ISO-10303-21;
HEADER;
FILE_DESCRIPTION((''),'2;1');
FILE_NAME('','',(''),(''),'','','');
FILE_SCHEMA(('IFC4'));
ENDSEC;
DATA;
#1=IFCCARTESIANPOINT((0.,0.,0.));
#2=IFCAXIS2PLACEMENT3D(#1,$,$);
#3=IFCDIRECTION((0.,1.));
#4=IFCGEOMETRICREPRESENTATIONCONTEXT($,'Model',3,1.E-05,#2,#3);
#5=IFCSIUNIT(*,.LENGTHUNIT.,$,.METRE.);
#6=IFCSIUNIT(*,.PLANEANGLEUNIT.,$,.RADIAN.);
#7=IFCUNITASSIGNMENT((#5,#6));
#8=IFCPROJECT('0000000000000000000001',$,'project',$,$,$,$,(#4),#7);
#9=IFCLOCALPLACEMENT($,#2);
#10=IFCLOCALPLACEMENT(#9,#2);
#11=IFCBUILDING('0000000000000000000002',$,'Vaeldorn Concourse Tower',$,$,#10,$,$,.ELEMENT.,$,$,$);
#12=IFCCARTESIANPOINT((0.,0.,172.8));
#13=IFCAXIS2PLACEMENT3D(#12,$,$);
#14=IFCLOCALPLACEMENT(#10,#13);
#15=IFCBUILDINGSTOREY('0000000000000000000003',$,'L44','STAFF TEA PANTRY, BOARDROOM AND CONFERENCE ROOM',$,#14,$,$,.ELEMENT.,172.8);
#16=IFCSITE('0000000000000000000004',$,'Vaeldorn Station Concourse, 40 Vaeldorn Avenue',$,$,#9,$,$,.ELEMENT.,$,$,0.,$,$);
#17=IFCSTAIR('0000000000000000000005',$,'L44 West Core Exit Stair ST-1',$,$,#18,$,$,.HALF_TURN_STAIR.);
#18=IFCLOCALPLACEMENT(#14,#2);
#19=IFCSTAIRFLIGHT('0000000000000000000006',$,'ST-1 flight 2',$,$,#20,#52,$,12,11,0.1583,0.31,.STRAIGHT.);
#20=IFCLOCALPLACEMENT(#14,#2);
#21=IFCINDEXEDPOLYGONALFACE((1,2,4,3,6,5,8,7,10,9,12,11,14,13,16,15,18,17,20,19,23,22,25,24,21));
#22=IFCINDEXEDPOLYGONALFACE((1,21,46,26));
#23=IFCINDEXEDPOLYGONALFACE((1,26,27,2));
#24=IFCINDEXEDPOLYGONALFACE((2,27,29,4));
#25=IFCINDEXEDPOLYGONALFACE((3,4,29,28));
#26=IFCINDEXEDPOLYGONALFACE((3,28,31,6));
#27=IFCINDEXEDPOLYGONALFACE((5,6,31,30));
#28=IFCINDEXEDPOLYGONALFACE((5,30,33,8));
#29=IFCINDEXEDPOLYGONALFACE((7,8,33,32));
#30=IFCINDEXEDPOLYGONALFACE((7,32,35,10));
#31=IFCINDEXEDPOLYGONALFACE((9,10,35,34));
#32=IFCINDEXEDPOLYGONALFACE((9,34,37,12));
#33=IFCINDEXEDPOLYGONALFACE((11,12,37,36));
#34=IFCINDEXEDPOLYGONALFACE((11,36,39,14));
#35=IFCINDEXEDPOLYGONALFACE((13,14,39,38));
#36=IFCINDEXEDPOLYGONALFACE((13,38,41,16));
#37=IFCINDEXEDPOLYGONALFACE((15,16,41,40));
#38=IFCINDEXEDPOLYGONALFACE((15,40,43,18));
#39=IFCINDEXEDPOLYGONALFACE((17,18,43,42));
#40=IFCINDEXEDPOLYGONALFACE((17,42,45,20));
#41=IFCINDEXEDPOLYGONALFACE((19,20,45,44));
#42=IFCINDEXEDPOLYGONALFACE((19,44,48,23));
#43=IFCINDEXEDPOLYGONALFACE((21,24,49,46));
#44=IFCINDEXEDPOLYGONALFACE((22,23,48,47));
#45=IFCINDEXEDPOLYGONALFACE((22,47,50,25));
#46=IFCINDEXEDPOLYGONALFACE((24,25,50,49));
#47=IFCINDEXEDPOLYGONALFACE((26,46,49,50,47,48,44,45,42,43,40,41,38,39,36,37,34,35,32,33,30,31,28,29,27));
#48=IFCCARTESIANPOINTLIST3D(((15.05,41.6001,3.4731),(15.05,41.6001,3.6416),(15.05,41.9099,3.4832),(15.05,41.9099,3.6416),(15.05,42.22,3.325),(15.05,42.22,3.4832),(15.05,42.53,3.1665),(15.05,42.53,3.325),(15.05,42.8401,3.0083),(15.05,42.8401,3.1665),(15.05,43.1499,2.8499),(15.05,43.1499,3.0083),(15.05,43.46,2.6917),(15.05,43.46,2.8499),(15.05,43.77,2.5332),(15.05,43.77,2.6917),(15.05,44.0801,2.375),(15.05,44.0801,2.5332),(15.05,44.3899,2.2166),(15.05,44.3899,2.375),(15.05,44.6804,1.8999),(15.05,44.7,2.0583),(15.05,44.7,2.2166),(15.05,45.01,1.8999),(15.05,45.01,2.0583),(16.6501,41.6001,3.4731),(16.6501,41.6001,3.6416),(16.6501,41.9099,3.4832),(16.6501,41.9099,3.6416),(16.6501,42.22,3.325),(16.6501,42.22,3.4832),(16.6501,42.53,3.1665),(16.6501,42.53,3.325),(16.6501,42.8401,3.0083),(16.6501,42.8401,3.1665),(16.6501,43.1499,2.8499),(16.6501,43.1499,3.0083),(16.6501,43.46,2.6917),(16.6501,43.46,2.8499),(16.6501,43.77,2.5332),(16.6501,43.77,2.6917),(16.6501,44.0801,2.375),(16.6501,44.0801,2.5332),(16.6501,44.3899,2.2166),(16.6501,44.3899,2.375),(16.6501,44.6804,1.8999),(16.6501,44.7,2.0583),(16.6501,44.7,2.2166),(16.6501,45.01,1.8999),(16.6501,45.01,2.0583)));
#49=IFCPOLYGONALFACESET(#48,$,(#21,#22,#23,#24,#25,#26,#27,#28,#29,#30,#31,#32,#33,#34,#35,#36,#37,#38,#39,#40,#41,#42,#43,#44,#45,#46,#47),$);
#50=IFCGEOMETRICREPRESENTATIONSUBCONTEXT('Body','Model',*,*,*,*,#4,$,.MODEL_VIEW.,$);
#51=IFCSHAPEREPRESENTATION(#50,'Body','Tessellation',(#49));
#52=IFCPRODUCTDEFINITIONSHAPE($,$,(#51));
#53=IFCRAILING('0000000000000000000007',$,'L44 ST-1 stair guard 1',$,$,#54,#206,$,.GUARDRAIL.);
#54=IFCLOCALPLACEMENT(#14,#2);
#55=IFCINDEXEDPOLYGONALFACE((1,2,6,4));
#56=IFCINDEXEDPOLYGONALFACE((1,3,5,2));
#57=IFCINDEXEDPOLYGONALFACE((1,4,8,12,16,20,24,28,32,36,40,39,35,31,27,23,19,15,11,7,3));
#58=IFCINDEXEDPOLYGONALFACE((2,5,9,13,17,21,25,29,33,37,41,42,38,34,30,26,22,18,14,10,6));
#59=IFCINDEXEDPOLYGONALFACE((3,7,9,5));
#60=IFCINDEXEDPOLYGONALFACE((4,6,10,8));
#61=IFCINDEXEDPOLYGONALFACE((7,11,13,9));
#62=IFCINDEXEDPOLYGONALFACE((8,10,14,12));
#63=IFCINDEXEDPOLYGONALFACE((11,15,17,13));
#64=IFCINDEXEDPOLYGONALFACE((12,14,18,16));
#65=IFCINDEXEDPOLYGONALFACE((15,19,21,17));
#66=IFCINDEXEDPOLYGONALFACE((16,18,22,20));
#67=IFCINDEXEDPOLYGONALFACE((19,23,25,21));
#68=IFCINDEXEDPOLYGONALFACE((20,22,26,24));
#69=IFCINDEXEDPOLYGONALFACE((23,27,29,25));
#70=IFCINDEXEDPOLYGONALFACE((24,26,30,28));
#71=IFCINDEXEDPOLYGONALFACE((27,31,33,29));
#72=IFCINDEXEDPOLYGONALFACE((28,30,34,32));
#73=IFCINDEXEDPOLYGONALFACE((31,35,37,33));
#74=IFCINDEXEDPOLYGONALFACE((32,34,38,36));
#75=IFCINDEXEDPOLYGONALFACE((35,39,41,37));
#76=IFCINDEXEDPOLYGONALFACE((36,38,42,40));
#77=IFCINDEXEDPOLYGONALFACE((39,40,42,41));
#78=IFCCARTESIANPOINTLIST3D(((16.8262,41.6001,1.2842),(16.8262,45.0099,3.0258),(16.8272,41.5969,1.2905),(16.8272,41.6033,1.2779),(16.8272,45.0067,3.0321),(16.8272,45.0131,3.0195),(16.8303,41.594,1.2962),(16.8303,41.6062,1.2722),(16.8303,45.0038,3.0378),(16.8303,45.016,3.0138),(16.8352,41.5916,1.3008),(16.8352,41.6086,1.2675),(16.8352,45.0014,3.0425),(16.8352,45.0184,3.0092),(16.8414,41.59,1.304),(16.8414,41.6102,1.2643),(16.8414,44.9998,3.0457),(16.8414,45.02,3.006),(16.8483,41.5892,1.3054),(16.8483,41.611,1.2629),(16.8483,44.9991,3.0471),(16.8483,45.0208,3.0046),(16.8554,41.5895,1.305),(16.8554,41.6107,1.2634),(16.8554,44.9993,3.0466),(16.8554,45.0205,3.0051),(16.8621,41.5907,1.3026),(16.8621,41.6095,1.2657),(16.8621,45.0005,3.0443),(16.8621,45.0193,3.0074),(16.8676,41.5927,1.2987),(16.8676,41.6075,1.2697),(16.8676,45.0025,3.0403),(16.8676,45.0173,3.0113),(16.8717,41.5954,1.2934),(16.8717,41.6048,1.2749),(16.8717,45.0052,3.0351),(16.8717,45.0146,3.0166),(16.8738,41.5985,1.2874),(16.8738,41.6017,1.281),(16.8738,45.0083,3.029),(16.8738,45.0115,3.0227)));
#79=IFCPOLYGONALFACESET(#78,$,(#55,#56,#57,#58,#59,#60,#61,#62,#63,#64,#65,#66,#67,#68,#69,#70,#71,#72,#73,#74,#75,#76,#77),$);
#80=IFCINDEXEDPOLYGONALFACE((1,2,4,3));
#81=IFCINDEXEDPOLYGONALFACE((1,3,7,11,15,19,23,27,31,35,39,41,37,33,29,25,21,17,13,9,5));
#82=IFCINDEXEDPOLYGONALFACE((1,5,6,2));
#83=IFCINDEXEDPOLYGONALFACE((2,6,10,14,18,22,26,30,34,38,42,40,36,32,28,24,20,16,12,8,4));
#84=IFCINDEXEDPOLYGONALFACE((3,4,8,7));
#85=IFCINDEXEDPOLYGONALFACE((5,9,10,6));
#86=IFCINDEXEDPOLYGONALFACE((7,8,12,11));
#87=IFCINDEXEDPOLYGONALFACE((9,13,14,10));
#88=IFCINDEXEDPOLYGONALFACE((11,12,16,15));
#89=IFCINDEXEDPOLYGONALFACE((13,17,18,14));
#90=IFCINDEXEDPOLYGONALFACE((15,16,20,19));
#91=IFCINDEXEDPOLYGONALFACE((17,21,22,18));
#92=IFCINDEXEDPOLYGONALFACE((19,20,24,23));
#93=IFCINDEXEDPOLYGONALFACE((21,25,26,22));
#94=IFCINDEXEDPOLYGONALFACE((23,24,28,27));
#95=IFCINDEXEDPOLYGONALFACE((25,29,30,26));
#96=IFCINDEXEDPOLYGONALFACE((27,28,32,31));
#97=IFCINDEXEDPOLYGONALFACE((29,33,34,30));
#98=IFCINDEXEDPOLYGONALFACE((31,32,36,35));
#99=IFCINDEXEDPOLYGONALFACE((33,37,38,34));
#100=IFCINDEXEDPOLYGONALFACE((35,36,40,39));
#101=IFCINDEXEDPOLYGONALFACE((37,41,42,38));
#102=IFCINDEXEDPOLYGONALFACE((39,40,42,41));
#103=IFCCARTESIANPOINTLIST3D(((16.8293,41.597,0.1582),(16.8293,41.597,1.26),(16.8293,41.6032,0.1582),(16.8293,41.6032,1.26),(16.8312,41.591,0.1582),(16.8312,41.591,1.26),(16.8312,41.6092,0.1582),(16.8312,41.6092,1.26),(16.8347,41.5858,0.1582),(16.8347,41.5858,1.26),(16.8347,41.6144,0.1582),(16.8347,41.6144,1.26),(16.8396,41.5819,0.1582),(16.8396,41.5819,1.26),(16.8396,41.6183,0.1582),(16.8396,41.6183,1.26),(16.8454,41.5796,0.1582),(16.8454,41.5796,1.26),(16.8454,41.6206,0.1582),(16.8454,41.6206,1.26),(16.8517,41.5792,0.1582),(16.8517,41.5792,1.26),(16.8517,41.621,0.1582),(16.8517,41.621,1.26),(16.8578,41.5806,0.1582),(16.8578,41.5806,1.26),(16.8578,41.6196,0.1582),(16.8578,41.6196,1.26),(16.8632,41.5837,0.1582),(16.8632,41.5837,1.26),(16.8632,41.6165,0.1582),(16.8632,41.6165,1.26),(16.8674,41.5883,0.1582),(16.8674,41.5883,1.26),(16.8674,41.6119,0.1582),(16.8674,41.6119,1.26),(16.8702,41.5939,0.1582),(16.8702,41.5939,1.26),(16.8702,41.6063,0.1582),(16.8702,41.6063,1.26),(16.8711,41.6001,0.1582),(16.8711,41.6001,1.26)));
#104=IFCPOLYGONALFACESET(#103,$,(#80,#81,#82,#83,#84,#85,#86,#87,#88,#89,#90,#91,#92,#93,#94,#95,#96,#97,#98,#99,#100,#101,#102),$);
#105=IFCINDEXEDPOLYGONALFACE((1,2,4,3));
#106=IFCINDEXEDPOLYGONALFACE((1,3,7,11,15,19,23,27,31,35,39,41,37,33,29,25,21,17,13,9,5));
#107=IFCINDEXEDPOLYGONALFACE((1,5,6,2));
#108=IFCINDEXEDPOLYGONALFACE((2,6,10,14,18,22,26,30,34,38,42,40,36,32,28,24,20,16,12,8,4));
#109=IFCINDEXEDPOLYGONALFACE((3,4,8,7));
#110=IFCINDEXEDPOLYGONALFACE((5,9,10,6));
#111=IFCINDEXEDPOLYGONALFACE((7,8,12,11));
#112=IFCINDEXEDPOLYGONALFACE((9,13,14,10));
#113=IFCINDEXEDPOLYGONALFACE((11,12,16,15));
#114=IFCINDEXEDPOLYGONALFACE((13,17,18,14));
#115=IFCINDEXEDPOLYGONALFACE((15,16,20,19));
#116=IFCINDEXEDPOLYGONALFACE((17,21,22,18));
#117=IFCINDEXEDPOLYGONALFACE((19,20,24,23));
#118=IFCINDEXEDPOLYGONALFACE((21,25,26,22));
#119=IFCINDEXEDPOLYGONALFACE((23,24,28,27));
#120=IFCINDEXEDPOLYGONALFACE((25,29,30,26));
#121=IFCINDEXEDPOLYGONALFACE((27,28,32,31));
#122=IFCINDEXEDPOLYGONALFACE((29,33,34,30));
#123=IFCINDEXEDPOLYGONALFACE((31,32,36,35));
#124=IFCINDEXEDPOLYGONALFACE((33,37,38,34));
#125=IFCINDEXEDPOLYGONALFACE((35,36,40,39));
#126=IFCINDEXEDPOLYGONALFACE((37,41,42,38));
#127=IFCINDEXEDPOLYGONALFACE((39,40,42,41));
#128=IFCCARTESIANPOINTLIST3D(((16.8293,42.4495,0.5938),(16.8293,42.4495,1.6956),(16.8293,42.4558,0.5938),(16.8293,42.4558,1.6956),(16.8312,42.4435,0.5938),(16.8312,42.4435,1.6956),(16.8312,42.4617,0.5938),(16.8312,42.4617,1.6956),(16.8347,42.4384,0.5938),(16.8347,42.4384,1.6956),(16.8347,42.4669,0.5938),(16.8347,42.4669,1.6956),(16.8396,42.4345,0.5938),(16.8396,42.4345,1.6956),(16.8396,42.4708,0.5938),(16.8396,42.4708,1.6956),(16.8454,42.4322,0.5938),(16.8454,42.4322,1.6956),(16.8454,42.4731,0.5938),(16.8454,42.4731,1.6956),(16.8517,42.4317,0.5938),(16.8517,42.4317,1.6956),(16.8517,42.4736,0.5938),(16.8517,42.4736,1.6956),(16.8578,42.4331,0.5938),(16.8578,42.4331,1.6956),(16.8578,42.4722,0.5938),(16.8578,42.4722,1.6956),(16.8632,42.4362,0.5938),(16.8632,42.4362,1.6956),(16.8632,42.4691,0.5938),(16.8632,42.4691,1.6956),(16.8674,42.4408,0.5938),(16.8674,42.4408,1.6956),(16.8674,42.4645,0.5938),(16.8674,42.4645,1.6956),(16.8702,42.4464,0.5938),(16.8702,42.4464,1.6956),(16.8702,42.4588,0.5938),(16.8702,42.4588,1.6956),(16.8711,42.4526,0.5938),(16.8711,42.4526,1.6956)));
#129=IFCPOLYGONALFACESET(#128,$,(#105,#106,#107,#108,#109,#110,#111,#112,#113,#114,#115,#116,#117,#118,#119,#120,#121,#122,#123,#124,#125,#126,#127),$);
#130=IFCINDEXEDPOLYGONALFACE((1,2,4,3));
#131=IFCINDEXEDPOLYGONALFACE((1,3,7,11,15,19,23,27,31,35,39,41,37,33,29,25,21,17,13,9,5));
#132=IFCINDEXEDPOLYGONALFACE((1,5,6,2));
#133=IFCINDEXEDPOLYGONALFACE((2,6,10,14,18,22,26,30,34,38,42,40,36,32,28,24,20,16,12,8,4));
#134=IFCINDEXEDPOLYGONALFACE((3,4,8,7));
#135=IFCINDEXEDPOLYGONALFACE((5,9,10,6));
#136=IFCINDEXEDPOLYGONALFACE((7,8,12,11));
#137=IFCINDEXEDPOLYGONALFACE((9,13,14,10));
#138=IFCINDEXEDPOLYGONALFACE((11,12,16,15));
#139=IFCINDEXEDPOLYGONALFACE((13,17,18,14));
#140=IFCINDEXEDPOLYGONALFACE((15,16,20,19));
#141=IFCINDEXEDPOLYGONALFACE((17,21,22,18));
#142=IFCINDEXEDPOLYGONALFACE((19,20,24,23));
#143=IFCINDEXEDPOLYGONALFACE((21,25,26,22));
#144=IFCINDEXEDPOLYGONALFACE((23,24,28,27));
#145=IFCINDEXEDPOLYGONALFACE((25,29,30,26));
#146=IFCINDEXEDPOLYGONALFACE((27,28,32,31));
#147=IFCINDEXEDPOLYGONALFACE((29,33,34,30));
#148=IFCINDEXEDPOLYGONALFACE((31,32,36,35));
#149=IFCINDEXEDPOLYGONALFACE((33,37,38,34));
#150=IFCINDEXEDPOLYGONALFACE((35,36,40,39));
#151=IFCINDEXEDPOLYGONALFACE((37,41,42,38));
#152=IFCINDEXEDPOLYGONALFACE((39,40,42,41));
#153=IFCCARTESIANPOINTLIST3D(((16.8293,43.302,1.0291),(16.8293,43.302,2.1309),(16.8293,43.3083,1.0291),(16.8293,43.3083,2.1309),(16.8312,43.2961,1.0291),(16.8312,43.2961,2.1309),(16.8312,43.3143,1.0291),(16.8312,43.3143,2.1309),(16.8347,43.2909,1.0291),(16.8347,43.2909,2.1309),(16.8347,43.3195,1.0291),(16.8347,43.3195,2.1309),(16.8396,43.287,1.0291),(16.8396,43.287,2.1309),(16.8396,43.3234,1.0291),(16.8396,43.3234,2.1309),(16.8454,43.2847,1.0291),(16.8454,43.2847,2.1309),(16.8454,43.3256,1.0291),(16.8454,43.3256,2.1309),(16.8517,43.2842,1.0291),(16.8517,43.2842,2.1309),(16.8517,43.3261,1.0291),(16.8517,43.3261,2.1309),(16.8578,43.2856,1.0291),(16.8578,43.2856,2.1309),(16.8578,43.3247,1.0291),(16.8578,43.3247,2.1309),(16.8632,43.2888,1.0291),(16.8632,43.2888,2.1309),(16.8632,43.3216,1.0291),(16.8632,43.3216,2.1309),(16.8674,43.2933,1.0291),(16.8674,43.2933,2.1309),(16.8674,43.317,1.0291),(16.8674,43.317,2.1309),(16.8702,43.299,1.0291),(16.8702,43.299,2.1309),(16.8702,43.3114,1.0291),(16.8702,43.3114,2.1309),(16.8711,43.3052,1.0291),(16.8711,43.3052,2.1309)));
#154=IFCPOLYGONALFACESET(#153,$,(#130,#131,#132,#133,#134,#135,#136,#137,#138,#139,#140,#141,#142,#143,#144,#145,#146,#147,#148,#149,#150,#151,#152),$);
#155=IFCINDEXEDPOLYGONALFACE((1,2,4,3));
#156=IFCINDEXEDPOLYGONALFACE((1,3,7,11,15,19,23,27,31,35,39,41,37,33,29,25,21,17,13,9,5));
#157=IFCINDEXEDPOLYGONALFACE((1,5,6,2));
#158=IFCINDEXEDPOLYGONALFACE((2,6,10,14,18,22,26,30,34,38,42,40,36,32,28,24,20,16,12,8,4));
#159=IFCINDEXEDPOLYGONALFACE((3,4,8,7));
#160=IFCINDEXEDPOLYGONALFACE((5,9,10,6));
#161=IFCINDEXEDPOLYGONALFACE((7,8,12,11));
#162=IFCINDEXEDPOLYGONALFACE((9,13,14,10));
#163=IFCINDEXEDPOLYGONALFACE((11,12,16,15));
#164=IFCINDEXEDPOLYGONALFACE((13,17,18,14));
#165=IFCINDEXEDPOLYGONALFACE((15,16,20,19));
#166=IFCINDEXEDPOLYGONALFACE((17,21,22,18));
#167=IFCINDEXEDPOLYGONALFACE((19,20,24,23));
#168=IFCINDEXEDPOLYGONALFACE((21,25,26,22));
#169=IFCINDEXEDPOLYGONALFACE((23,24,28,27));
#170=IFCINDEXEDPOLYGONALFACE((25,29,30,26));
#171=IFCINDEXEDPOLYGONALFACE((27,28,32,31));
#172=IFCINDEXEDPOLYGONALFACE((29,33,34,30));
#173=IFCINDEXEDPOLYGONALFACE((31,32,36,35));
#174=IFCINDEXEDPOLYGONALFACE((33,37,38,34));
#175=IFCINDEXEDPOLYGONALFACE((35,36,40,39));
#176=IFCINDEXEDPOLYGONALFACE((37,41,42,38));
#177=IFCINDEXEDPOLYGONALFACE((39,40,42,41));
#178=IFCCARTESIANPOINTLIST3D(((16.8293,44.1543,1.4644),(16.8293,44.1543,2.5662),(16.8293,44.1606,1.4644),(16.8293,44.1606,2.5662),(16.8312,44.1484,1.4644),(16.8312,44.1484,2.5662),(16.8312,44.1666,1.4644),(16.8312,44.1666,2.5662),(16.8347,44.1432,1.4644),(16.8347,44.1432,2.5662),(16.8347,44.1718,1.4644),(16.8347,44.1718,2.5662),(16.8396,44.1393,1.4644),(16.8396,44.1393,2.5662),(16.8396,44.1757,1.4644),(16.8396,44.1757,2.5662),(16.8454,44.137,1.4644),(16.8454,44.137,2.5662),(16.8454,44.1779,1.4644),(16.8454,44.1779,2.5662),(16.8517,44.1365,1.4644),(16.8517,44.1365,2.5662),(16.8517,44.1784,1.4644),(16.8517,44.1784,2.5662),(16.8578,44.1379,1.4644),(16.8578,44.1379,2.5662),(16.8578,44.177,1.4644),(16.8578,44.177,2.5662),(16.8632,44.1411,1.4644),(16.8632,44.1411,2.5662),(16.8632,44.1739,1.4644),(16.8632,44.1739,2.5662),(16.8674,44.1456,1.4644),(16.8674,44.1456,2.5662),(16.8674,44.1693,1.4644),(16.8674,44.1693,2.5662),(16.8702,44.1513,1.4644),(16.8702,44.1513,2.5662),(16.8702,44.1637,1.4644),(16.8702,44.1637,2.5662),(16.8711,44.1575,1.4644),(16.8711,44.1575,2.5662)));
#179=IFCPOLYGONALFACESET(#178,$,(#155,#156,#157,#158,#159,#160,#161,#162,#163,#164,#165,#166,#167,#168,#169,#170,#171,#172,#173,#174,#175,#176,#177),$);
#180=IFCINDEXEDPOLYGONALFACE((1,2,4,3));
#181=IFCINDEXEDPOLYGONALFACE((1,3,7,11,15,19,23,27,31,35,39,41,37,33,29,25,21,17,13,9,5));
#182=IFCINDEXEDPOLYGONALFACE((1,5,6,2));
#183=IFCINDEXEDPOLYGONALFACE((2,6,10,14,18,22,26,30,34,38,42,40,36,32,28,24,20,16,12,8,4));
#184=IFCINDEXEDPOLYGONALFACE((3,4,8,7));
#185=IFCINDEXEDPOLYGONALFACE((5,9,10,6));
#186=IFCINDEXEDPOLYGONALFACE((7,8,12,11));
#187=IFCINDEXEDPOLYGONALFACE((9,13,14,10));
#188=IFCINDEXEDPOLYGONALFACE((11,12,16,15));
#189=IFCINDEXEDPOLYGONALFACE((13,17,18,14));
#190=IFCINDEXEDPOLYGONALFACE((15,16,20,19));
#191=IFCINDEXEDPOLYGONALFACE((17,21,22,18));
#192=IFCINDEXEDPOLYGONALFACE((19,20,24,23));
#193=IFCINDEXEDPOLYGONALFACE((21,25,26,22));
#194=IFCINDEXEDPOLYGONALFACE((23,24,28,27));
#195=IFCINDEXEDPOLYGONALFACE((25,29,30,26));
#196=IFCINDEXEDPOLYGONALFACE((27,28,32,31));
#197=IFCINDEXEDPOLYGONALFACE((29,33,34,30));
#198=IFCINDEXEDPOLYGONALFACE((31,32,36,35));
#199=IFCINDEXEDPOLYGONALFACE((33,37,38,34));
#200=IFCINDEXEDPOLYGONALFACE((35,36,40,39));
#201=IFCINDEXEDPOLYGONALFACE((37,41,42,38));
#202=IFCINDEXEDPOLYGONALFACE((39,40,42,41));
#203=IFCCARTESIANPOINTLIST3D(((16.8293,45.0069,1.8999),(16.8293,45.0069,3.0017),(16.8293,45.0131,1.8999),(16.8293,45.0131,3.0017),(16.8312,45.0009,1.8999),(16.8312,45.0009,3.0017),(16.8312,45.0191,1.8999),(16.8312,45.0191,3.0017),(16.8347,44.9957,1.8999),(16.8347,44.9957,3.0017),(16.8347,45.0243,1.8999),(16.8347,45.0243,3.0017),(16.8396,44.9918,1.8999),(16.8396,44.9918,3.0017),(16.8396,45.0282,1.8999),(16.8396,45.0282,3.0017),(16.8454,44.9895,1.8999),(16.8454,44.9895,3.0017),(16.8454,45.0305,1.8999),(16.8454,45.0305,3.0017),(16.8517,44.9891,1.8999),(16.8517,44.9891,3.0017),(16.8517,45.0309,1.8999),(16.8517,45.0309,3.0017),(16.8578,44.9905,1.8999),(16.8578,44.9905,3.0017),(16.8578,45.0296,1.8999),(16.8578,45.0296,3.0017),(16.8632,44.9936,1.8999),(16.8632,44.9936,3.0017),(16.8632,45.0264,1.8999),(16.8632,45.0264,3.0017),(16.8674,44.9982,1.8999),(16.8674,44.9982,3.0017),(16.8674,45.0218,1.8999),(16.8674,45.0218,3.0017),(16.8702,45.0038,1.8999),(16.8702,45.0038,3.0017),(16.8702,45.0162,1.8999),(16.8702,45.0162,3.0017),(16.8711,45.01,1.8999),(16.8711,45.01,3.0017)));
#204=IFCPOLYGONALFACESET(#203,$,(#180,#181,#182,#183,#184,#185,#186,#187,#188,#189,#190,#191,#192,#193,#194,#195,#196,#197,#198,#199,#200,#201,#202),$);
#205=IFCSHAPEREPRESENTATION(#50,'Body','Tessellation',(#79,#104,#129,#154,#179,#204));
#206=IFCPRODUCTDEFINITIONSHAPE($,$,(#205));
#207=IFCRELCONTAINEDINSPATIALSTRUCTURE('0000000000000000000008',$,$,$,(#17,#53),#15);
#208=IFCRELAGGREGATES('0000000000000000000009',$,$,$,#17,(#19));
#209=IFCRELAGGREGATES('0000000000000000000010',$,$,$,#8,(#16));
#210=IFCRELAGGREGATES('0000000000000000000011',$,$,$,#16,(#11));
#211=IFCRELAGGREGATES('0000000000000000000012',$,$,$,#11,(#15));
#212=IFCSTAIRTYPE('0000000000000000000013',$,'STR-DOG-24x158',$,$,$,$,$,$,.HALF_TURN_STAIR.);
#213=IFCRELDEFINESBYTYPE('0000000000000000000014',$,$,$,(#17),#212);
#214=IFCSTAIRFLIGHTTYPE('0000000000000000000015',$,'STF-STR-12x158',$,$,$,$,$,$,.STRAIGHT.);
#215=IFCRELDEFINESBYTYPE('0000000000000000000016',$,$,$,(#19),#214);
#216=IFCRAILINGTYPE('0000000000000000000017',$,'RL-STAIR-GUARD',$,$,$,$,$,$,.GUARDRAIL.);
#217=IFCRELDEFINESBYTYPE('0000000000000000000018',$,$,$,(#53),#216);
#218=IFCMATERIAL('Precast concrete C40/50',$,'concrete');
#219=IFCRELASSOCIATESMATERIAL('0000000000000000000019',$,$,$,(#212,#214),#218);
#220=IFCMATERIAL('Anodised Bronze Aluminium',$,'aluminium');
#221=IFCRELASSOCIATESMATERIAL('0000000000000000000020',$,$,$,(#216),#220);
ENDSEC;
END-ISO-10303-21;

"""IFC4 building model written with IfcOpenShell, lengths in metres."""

from ifc_helpers import new_model, si_unit, direction, frame, origin, origin_2d, place, context, subcontext, project, spatial, polyline, circle, outline, extrude, material, type_object, element, aggregate, save


model = new_model("IFC4")

# Units and contexts
model_context = context("Model", 3, precision=1e-05, world=origin(), true_north=direction((0.0, 1.0)))
body_context = subcontext(model_context, "Body", "Model", "MODEL_VIEW")
ifc_project = project(units=[si_unit("LENGTHUNIT", "METRE"), si_unit("PLANEANGLEUNIT", "RADIAN")], contexts=[model_context])

# Site, building, storey
site_placement = place(None, origin())
site = spatial("IfcSite", under=ifc_project, at=site_placement, Name="Vaeldorn Station Concourse, 40 Vaeldorn Avenue", CompositionType="ELEMENT", RefElevation=0.0)
building_placement = place(site_placement, origin())
building = spatial("IfcBuilding", under=site, at=building_placement, Name="Vaeldorn Concourse Tower", CompositionType="ELEMENT")
storey_placement = place(building_placement, frame((0.0, 0.0, 172.8)))
storey = spatial("IfcBuildingStorey", under=building, at=storey_placement, Name="L44", Description="STAFF TEA PANTRY, BOARDROOM AND CONFERENCE ROOM", CompositionType="ELEMENT", Elevation=172.8)

# Stair, stair flight
ifc_material_1 = material(Name="Precast concrete C40/50", Category="concrete")
stair_type = type_object("IfcStairType", Name="STR-DOG-24x158", PredefinedType="HALF_TURN_STAIR", material=ifc_material_1)
stair_placement = place(storey_placement, origin())
stair = element("IfcStair", 1, at=stair_placement, inside=storey, type_object=stair_type, Name="L44 West Core Exit Stair ST-1", PredefinedType="HALF_TURN_STAIR")
stair_flight_type = type_object("IfcStairFlightType", Name="STF-STR-12x158", PredefinedType="STRAIGHT", material=ifc_material_1)
stair_flight_1_placement = place(storey_placement, frame((15.8501, 45.01, 1.8999), z_axis=(0.0, 0.0, 1.0), x_axis=(0.0, -1.0, 0.0)))
stair_flight_1 = element("IfcStairFlight", 2, at=stair_flight_1_placement, type_object=stair_flight_type, Name="ST-1 flight 2", NumberOfRisers=12, NumberOfTreads=11, PredefinedType="STRAIGHT", RiserHeight=0.1583, TreadLength=0.31, context=body_context, shape_type="SweptSolid", body=[
    extrude(outline(polyline([(0.0, 0.0), (0.0, 0.1584), (0.3101, 0.1584), (0.3101, 0.3167), (0.6201, 0.3167), (0.6201, 0.4751), (0.9299, 0.4751), (0.9299, 0.6333), (1.24, 0.6333), (1.24, 0.7917), (1.55, 0.7917), (1.55, 0.95), (1.8601, 0.95), (1.8601, 1.1084), (2.1699, 1.1084), (2.1699, 1.2666), (2.48, 1.2666), (2.48, 1.425), (2.79, 1.425), (2.79, 1.5833), (3.1001, 1.5833), (3.1001, 1.7417), (3.4099, 1.7417), (3.4099, 1.8999), (3.4099, 1.5732), (0.3296, 0.0), (0.0, 0.0)])), frame((0.0, 0.8, 0.0), z_axis=(0.0, -1.0, 0.0), x_axis=(1.0, 0.0, 0.0)), (0.0, 0.0, 1.0), 1.6001),
])
aggregate(stair, [stair_flight_1])

# Railing
ifc_material_2 = material(Name="Anodised Bronze Aluminium", Category="aluminium")
railing_type_1 = type_object("IfcRailingType", Name="RL-STAIR-GUARD", PredefinedType="GUARDRAIL", material=ifc_material_2)
railing_1_placement = place(storey_placement, frame((16.8501, 41.6001, 0.1582)))
element("IfcRailing", 3, at=railing_1_placement, inside=storey, type_object=railing_type_1, Name="L44 ST-1 stair guard 1", PredefinedType="GUARDRAIL", context=body_context, shape_type="SweptSolid", body=[
    extrude(circle(Radius=0.0239, at=origin_2d()), frame((0.0, 0.0, 1.126), z_axis=(0.0, 0.890556, 0.454874), x_axis=(-1.0, 0.0, 0.0)), (0.0, 0.0, 1.0), 3.8289),
    extrude(circle(Radius=0.021, at=origin_2d()), origin(), (0.0, 0.0, 1.0), 1.1018),
    extrude(circle(Radius=0.021, at=origin_2d()), frame((0.0, 0.8525, 0.4355)), (0.0, 0.0, 1.0), 1.1018),
    extrude(circle(Radius=0.021, at=origin_2d()), frame((0.0, 1.7051, 0.8708)), (0.0, 0.0, 1.0), 1.1018),
    extrude(circle(Radius=0.021, at=origin_2d()), frame((0.0, 2.5574, 1.3062)), (0.0, 0.0, 1.0), 1.1018),
    extrude(circle(Radius=0.021, at=origin_2d()), frame((0.0, 3.4099, 1.7417)), (0.0, 0.0, 1.0), 1.1018),
])

save(model, "model.ifc")
